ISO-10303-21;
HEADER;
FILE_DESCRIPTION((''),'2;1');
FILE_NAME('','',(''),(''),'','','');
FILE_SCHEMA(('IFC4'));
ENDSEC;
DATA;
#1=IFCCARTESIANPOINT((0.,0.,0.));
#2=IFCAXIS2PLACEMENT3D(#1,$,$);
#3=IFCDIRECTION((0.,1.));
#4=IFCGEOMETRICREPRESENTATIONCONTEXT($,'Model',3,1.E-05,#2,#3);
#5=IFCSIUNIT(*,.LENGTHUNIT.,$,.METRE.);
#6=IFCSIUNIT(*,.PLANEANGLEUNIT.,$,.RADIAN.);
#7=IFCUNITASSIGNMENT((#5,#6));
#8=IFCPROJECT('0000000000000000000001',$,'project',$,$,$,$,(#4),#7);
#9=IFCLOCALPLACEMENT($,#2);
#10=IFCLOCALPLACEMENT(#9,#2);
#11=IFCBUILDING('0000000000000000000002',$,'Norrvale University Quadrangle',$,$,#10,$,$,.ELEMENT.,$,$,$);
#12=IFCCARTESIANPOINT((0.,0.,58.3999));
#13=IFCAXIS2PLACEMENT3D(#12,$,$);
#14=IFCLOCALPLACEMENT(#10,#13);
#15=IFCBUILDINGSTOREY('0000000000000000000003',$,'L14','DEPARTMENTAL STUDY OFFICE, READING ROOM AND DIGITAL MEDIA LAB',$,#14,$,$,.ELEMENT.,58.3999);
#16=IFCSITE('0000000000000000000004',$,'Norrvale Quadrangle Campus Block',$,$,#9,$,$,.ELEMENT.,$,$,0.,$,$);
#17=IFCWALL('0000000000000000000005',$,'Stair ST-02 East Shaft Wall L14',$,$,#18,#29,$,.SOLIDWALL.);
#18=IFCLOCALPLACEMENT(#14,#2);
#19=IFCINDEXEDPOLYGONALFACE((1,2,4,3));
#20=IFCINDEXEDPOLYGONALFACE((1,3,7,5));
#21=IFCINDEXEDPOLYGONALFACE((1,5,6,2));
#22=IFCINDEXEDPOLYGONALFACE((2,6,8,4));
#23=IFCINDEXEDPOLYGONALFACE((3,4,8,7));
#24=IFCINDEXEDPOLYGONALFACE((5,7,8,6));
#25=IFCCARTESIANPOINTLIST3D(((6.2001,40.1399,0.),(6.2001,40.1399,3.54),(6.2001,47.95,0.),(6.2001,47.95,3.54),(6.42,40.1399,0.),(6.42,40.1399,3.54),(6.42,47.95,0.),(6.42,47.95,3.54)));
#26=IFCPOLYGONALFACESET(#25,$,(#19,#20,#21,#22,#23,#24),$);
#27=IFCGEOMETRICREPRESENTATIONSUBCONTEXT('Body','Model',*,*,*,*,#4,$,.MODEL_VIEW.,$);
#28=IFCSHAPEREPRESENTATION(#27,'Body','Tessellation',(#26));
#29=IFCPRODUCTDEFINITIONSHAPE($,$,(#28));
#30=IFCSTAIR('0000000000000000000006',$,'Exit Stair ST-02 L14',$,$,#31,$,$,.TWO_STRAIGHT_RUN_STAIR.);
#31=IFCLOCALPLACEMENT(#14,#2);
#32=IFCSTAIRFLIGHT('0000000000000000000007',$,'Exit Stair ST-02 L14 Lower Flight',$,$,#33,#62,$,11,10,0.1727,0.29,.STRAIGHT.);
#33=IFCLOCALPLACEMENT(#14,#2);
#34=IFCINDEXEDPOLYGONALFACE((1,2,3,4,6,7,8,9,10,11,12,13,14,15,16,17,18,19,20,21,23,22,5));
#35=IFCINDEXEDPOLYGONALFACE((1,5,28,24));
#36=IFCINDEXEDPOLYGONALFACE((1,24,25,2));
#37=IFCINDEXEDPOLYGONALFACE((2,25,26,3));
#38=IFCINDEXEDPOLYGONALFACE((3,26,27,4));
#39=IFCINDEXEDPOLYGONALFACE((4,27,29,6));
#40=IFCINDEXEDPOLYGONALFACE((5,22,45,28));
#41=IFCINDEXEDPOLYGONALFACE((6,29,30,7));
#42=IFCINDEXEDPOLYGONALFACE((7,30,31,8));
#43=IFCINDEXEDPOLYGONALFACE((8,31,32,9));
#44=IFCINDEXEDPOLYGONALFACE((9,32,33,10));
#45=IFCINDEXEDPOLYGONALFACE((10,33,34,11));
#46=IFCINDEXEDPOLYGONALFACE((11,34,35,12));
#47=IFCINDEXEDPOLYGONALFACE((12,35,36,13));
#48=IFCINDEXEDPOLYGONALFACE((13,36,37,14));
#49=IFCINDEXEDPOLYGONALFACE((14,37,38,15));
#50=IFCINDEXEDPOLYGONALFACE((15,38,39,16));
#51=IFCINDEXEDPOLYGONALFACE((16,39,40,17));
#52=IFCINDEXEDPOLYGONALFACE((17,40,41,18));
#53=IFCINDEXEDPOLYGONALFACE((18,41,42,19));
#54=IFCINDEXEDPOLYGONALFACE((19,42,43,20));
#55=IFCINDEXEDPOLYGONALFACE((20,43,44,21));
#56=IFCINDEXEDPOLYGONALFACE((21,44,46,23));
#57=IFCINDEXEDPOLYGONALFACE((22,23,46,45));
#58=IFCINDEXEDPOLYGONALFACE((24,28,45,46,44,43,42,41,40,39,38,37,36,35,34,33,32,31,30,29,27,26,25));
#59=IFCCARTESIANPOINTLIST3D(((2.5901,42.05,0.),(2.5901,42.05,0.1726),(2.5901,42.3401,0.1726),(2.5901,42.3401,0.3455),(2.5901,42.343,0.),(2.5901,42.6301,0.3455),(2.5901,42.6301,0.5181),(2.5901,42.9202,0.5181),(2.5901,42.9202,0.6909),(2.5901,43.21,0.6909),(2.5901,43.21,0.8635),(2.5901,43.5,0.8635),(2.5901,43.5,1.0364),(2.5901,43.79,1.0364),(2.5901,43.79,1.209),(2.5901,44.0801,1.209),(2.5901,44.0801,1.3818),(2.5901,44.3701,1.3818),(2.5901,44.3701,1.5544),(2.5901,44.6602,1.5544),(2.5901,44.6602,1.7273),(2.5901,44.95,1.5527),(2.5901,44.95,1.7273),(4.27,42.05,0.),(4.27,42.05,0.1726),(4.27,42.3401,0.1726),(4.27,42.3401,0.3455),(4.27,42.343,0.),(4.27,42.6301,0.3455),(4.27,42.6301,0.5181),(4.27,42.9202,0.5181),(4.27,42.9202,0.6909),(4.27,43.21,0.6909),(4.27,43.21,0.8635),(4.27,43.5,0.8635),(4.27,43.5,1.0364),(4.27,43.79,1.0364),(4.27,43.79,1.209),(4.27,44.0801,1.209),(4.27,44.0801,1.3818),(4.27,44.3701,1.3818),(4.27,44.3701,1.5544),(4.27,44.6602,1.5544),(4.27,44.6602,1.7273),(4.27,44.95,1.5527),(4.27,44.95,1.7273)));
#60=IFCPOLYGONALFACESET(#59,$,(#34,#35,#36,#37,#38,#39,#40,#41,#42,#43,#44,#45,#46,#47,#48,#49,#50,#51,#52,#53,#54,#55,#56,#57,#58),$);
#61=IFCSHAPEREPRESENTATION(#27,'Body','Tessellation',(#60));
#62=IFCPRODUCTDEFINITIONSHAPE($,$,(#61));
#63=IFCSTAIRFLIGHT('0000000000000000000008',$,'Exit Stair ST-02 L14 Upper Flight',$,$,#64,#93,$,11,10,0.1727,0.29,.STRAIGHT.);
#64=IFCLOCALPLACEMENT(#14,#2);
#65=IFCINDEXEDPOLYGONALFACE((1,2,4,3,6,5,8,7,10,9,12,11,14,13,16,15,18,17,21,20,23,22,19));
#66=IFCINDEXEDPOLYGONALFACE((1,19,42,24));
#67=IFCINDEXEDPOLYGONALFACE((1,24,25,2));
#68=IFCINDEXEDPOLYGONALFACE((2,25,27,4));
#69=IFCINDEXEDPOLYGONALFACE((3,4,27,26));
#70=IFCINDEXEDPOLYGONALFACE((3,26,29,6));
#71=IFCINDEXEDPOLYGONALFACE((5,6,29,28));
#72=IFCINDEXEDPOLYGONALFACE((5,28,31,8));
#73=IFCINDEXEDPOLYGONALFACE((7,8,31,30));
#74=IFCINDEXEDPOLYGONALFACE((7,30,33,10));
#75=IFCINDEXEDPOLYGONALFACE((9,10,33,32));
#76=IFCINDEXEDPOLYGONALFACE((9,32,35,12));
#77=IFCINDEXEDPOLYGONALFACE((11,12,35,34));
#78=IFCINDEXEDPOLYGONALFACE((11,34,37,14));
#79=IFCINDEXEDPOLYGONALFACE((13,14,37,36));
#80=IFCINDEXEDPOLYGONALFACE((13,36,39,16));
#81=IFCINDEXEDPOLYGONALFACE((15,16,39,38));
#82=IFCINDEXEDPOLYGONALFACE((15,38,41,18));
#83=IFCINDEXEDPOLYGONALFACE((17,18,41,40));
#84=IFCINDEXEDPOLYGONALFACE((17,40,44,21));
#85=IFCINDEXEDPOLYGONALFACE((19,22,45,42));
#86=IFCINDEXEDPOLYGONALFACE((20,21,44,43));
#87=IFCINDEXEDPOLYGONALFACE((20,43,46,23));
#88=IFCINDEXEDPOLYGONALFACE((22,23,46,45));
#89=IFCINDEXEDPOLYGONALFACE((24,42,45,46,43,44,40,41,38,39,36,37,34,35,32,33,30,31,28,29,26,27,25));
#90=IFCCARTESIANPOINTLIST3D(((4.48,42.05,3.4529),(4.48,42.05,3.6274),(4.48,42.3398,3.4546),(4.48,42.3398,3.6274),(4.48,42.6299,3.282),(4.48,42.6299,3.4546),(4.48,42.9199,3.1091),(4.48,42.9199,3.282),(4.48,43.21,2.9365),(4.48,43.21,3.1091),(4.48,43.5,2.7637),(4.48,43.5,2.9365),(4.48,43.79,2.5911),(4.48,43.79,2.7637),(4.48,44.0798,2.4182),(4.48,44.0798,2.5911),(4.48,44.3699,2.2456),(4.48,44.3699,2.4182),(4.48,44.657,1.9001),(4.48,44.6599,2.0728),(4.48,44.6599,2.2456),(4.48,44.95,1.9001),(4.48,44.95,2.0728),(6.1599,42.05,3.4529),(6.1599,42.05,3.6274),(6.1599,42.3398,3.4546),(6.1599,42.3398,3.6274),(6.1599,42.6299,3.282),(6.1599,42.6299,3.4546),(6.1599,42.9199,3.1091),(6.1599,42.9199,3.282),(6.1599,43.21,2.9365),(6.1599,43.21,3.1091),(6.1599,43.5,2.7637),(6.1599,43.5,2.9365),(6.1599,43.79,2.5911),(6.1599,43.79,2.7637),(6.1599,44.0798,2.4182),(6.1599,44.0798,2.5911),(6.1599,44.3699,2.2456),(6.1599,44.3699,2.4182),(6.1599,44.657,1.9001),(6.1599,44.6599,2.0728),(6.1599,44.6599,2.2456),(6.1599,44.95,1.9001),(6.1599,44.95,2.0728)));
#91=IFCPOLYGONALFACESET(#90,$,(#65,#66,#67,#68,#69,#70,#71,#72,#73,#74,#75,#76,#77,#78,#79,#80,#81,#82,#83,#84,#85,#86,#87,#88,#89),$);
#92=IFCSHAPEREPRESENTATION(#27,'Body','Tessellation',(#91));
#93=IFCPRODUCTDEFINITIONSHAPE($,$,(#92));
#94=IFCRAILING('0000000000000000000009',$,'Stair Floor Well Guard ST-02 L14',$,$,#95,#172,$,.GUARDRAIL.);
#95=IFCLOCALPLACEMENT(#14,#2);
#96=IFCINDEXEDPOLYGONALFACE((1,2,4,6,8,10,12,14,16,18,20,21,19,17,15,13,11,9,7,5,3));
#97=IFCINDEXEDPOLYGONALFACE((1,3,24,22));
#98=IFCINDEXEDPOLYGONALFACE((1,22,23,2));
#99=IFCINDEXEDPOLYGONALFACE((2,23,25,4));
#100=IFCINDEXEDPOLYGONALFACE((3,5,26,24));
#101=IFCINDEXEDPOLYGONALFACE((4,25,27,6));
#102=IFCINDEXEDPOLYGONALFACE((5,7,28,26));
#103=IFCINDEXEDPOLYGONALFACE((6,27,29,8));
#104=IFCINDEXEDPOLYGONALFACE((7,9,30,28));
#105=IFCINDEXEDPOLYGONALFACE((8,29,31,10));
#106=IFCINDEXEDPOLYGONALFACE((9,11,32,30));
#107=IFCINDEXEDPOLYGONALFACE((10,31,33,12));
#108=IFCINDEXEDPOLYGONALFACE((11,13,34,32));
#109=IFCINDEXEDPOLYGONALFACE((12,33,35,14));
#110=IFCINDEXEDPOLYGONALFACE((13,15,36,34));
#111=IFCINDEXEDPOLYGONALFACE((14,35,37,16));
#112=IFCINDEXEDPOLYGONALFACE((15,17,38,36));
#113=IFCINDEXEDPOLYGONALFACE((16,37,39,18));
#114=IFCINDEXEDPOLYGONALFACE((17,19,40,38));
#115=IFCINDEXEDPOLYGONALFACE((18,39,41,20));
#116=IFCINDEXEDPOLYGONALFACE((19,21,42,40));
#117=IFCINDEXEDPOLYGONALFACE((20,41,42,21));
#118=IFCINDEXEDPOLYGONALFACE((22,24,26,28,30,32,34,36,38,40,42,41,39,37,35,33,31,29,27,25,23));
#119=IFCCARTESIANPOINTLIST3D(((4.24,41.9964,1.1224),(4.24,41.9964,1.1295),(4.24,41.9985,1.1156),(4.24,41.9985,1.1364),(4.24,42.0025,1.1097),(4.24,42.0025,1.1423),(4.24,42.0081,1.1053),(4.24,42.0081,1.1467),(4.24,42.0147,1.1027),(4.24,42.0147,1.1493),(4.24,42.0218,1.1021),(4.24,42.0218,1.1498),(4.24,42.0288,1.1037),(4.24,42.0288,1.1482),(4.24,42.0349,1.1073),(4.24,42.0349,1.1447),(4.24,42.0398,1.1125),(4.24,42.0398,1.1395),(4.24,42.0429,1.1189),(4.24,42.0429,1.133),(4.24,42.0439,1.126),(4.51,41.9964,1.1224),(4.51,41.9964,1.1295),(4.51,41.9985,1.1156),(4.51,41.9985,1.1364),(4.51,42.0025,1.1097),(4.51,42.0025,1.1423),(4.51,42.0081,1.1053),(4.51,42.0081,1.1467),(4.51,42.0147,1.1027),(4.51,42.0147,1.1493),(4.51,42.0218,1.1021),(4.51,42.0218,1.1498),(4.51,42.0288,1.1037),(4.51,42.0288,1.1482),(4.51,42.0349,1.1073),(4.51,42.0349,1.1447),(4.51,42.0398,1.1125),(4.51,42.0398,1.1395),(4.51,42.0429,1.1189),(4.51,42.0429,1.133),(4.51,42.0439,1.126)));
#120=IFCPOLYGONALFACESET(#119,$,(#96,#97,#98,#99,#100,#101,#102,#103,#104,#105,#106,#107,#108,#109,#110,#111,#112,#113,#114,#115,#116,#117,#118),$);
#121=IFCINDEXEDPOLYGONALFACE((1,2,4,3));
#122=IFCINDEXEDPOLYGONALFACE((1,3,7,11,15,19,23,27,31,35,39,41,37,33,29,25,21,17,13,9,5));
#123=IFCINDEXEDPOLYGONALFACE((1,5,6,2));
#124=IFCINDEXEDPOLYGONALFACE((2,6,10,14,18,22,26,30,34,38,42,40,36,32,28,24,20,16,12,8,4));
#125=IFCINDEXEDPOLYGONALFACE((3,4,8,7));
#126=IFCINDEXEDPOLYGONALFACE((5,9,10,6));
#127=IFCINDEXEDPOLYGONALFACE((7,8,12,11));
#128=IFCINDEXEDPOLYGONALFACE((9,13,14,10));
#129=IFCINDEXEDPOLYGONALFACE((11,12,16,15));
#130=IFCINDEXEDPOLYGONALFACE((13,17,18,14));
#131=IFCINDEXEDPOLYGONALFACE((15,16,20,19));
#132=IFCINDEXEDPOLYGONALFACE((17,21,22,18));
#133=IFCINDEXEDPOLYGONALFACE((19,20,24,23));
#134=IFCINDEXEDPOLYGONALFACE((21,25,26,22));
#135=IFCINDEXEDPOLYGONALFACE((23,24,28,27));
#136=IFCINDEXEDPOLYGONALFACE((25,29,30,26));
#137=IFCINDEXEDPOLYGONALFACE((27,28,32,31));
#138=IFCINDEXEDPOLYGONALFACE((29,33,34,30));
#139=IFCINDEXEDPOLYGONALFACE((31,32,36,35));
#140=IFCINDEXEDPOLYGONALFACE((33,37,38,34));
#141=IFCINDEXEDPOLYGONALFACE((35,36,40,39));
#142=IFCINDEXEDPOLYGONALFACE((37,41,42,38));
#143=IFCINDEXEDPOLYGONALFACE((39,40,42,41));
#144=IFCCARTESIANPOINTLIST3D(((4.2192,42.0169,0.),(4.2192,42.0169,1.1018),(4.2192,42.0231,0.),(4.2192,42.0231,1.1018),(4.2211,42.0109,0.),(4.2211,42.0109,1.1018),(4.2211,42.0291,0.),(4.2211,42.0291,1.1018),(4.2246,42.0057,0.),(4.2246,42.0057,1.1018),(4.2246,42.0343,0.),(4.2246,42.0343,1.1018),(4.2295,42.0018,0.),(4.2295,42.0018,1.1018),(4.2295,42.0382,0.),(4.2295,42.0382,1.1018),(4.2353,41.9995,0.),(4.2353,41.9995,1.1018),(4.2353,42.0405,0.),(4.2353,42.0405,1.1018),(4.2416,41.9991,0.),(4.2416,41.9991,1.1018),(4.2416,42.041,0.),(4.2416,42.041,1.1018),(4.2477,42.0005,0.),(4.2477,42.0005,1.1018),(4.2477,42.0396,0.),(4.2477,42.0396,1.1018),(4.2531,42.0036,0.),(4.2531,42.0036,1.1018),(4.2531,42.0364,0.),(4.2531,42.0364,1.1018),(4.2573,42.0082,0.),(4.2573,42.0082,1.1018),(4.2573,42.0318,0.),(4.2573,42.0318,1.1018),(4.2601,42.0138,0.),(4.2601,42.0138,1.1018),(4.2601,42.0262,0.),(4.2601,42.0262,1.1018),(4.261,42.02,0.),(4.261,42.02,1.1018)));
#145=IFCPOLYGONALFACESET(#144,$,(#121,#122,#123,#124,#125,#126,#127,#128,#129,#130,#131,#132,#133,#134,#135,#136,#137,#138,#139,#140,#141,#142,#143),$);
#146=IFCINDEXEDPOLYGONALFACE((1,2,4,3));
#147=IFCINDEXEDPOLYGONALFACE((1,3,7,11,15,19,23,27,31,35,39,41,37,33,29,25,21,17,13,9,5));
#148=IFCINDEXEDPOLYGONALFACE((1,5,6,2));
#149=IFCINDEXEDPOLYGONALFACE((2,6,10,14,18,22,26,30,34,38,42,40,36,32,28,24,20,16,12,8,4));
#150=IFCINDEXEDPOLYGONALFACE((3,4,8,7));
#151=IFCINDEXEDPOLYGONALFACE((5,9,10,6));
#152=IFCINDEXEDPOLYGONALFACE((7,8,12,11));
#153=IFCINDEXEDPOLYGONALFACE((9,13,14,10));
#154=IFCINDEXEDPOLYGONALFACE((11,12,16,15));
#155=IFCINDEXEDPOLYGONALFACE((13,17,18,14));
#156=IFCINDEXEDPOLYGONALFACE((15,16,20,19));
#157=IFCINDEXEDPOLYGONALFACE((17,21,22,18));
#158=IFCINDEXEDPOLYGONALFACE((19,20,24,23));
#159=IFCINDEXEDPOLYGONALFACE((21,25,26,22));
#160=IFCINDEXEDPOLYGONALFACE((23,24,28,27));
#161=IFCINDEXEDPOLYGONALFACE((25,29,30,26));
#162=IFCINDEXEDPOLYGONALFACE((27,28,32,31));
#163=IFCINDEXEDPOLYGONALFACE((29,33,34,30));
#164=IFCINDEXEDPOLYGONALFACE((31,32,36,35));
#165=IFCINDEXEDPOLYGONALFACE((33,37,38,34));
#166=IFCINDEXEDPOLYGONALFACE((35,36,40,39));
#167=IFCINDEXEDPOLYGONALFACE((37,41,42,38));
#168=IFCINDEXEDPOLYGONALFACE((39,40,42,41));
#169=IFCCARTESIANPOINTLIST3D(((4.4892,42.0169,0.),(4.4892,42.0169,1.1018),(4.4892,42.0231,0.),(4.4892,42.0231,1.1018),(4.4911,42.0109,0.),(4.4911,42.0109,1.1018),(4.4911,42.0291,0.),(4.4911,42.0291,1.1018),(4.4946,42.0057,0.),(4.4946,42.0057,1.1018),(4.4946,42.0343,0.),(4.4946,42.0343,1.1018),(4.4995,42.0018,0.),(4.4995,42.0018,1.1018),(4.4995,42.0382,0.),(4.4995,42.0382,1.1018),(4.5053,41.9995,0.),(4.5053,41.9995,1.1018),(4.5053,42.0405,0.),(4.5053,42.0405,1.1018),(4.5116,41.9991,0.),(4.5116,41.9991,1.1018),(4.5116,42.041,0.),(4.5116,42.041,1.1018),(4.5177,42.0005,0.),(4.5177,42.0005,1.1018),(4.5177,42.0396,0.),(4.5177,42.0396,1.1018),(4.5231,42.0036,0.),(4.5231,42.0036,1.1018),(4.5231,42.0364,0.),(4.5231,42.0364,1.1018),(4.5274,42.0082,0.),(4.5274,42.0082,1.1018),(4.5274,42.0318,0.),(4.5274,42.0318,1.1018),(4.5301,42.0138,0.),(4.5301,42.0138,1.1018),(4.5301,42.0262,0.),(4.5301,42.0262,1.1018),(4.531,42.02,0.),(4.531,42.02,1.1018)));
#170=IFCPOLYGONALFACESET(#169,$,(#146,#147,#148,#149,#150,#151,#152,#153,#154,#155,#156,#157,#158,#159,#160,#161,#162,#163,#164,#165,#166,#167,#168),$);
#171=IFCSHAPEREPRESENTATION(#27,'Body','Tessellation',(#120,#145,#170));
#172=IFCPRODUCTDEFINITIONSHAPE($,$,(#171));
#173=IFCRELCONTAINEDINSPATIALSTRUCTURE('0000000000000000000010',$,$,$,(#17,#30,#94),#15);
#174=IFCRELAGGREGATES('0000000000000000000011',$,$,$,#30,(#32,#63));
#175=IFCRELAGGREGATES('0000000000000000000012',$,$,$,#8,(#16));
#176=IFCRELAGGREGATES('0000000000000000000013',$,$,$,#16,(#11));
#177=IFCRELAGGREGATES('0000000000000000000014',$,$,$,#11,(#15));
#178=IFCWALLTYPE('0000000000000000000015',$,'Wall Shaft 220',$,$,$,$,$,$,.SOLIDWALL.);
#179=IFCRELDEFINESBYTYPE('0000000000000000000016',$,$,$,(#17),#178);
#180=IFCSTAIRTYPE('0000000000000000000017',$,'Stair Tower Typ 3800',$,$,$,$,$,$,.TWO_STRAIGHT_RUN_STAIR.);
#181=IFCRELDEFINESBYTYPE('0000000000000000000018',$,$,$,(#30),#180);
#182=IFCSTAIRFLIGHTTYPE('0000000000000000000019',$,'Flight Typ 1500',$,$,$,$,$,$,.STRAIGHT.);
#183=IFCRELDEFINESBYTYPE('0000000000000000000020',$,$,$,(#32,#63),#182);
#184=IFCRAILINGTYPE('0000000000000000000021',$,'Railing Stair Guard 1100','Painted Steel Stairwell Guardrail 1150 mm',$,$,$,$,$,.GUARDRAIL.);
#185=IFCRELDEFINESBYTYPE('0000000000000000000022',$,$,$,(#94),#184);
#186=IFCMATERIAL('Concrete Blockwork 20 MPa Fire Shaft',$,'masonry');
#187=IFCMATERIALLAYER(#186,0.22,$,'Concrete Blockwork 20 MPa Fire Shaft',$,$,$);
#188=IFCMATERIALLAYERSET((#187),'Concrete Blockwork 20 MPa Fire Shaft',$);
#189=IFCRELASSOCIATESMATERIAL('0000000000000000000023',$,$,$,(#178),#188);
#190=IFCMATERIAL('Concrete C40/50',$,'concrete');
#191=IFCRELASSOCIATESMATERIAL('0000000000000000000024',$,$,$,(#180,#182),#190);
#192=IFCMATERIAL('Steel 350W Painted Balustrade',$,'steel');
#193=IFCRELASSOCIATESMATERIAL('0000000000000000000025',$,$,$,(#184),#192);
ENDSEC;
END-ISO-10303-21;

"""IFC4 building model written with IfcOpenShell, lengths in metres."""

from ifc_helpers import new_model, si_unit, direction, frame, frame_2d, origin, origin_2d, place, context, subcontext, project, spatial, polyline, rectangle, circle, outline, extrude, material, layer, layer_set, type_object, element, aggregate, save


model = new_model("IFC4")

# Units and contexts
model_context = context("Model", 3, precision=1e-05, world=origin(), true_north=direction((0.0, 1.0)))
body_context = subcontext(model_context, "Body", "Model", "MODEL_VIEW")
ifc_project = project(units=[si_unit("LENGTHUNIT", "METRE"), si_unit("PLANEANGLEUNIT", "RADIAN")], contexts=[model_context])

# Site, building, storey
site_placement = place(None, origin())
site = spatial("IfcSite", under=ifc_project, at=site_placement, Name="Norrvale Quadrangle Campus Block", CompositionType="ELEMENT", RefElevation=0.0)
building_placement = place(site_placement, origin())
building = spatial("IfcBuilding", under=site, at=building_placement, Name="Norrvale University Quadrangle", CompositionType="ELEMENT")
storey_placement = place(building_placement, frame((0.0, 0.0, 58.3999)))
storey = spatial("IfcBuildingStorey", under=building, at=storey_placement, Name="L14", Description="DEPARTMENTAL STUDY OFFICE, READING ROOM AND DIGITAL MEDIA LAB", CompositionType="ELEMENT", Elevation=58.3999)

# Shared definitions
ifc_material_1 = material(Name="Concrete Blockwork 20 MPa Fire Shaft", Category="masonry")
ifc_layer_1 = layer(ifc_material_1, 0.22, Name="Concrete Blockwork 20 MPa Fire Shaft")
ifc_layer_set_1 = layer_set([ifc_layer_1], Name="Concrete Blockwork 20 MPa Fire Shaft")
wall_type_1 = type_object("IfcWallType", Name="Wall Shaft 220", PredefinedType="SOLIDWALL", material=ifc_layer_set_1)

# Wall
wall_1_placement = place(storey_placement, frame((6.3101, 40.1399, 0.0), z_axis=(0.0, 0.0, 1.0), x_axis=(0.0, 1.0, 0.0)))
element("IfcWall", 1, at=wall_1_placement, inside=storey, type_object=wall_type_1, Name="Stair ST-02 East Shaft Wall L14", PredefinedType="SOLIDWALL", context=body_context, shape_type="SweptSolid", body=[
    extrude(rectangle(XDim=7.8101, YDim=0.22, at=frame_2d((3.905, 0.0))), origin(), (0.0, 0.0, 1.0), 3.54),
])

# Stair, stair flights
ifc_material_2 = material(Name="Concrete C40/50", Category="concrete")
stair_type = type_object("IfcStairType", Name="Stair Tower Typ 3800", PredefinedType="TWO_STRAIGHT_RUN_STAIR", material=ifc_material_2)
stair_placement = place(storey_placement, origin())
stair = element("IfcStair", 2, at=stair_placement, inside=storey, type_object=stair_type, Name="Exit Stair ST-02 L14", PredefinedType="TWO_STRAIGHT_RUN_STAIR")
stair_flight_type = type_object("IfcStairFlightType", Name="Flight Typ 1500", PredefinedType="STRAIGHT", material=ifc_material_2)
stair_flight_1_placement = place(storey_placement, frame((3.4299, 42.05, 0.0), z_axis=(0.0, 0.0, 1.0), x_axis=(0.0, 1.0, 0.0)))
stair_flight_1 = element("IfcStairFlight", 3, at=stair_flight_1_placement, type_object=stair_flight_type, Name="Exit Stair ST-02 L14 Lower Flight", NumberOfRisers=11, NumberOfTreads=10, PredefinedType="STRAIGHT", RiserHeight=0.1727, TreadLength=0.29, context=body_context, shape_type="SweptSolid", body=[
    extrude(outline(polyline([(0.0, 0.0), (0.0, 0.1726), (0.29, 0.1726), (0.29, 0.3455), (0.5801, 0.3455), (0.5801, 0.5181), (0.8701, 0.5181), (0.8701, 0.6909), (1.1599, 0.6909), (1.1599, 0.8635), (1.45, 0.8635), (1.45, 1.0364), (1.74, 1.0364), (1.74, 1.209), (2.03, 1.209), (2.03, 1.3818), (2.3201, 1.3818), (2.3201, 1.5544), (2.6101, 1.5544), (2.6101, 1.7273), (2.8999, 1.7273), (2.8999, 1.8999), (2.8999, 1.5527), (0.293, 0.0), (0.0, 0.0)])), frame((0.0, 0.8398, 0.0), z_axis=(0.0, -1.0, 0.0), x_axis=(1.0, 0.0, 0.0)), (0.0, 0.0, 1.0), 1.6799),
])
stair_flight_2_placement = place(storey_placement, frame((5.3201, 44.95, 1.9001), z_axis=(0.0, 0.0, 1.0), x_axis=(0.0, -1.0, 0.0)))
stair_flight_2 = element("IfcStairFlight", 4, at=stair_flight_2_placement, type_object=stair_flight_type, Name="Exit Stair ST-02 L14 Upper Flight", NumberOfRisers=11, NumberOfTreads=10, PredefinedType="STRAIGHT", RiserHeight=0.1727, TreadLength=0.29, context=body_context, shape_type="SweptSolid", body=[
    extrude(outline(polyline([(0.0, 0.0), (0.0, 0.1726), (0.29, 0.1726), (0.29, 0.3455), (0.5801, 0.3455), (0.5801, 0.5181), (0.8701, 0.5181), (0.8701, 0.6909), (1.1599, 0.6909), (1.1599, 0.8635), (1.45, 0.8635), (1.45, 1.0364), (1.74, 1.0364), (1.74, 1.209), (2.03, 1.209), (2.03, 1.3818), (2.3201, 1.3818), (2.3201, 1.5544), (2.6101, 1.5544), (2.6101, 1.7273), (2.8999, 1.7273), (2.8999, 1.8999), (2.8999, 1.5527), (0.293, 0.0), (0.0, 0.0)])), frame((0.0, 0.8398, 0.0), z_axis=(0.0, -1.0, 0.0), x_axis=(1.0, 0.0, 0.0)), (0.0, 0.0, 1.0), 1.6799),
])
aggregate(stair, [stair_flight_1, stair_flight_2])

# Railing
ifc_material_3 = material(Name="Steel 350W Painted Balustrade", Category="steel")
railing_type_1 = type_object("IfcRailingType", Name="Railing Stair Guard 1100", Description="Painted Steel Stairwell Guardrail 1150 mm", PredefinedType="GUARDRAIL", material=ifc_material_3)
for number, where, name in (
    (5, (4.24, 42.02, 0.0), "Stair Floor Well Guard ST-02 L14"),
):
    element("IfcRailing", number, at=place(storey_placement, frame(where)), inside=storey, type_object=railing_type_1, Name=name, PredefinedType="GUARDRAIL", context=body_context, shape_type="SweptSolid", body=[
        extrude(circle(Radius=0.0239, at=origin_2d()), frame((0.0, 0.0, 1.126), z_axis=(1.0, 0.0, 0.0), x_axis=(0.0, 1.0, 0.0)), (0.0, 0.0, 1.0), 0.27),
        extrude(circle(Radius=0.021, at=origin_2d()), origin(), (0.0, 0.0, 1.0), 1.1018),
        extrude(circle(Radius=0.021, at=origin_2d()), frame((0.27, 0.0, 0.0)), (0.0, 0.0, 1.0), 1.1018),
    ])

save(model, "model.ifc")
